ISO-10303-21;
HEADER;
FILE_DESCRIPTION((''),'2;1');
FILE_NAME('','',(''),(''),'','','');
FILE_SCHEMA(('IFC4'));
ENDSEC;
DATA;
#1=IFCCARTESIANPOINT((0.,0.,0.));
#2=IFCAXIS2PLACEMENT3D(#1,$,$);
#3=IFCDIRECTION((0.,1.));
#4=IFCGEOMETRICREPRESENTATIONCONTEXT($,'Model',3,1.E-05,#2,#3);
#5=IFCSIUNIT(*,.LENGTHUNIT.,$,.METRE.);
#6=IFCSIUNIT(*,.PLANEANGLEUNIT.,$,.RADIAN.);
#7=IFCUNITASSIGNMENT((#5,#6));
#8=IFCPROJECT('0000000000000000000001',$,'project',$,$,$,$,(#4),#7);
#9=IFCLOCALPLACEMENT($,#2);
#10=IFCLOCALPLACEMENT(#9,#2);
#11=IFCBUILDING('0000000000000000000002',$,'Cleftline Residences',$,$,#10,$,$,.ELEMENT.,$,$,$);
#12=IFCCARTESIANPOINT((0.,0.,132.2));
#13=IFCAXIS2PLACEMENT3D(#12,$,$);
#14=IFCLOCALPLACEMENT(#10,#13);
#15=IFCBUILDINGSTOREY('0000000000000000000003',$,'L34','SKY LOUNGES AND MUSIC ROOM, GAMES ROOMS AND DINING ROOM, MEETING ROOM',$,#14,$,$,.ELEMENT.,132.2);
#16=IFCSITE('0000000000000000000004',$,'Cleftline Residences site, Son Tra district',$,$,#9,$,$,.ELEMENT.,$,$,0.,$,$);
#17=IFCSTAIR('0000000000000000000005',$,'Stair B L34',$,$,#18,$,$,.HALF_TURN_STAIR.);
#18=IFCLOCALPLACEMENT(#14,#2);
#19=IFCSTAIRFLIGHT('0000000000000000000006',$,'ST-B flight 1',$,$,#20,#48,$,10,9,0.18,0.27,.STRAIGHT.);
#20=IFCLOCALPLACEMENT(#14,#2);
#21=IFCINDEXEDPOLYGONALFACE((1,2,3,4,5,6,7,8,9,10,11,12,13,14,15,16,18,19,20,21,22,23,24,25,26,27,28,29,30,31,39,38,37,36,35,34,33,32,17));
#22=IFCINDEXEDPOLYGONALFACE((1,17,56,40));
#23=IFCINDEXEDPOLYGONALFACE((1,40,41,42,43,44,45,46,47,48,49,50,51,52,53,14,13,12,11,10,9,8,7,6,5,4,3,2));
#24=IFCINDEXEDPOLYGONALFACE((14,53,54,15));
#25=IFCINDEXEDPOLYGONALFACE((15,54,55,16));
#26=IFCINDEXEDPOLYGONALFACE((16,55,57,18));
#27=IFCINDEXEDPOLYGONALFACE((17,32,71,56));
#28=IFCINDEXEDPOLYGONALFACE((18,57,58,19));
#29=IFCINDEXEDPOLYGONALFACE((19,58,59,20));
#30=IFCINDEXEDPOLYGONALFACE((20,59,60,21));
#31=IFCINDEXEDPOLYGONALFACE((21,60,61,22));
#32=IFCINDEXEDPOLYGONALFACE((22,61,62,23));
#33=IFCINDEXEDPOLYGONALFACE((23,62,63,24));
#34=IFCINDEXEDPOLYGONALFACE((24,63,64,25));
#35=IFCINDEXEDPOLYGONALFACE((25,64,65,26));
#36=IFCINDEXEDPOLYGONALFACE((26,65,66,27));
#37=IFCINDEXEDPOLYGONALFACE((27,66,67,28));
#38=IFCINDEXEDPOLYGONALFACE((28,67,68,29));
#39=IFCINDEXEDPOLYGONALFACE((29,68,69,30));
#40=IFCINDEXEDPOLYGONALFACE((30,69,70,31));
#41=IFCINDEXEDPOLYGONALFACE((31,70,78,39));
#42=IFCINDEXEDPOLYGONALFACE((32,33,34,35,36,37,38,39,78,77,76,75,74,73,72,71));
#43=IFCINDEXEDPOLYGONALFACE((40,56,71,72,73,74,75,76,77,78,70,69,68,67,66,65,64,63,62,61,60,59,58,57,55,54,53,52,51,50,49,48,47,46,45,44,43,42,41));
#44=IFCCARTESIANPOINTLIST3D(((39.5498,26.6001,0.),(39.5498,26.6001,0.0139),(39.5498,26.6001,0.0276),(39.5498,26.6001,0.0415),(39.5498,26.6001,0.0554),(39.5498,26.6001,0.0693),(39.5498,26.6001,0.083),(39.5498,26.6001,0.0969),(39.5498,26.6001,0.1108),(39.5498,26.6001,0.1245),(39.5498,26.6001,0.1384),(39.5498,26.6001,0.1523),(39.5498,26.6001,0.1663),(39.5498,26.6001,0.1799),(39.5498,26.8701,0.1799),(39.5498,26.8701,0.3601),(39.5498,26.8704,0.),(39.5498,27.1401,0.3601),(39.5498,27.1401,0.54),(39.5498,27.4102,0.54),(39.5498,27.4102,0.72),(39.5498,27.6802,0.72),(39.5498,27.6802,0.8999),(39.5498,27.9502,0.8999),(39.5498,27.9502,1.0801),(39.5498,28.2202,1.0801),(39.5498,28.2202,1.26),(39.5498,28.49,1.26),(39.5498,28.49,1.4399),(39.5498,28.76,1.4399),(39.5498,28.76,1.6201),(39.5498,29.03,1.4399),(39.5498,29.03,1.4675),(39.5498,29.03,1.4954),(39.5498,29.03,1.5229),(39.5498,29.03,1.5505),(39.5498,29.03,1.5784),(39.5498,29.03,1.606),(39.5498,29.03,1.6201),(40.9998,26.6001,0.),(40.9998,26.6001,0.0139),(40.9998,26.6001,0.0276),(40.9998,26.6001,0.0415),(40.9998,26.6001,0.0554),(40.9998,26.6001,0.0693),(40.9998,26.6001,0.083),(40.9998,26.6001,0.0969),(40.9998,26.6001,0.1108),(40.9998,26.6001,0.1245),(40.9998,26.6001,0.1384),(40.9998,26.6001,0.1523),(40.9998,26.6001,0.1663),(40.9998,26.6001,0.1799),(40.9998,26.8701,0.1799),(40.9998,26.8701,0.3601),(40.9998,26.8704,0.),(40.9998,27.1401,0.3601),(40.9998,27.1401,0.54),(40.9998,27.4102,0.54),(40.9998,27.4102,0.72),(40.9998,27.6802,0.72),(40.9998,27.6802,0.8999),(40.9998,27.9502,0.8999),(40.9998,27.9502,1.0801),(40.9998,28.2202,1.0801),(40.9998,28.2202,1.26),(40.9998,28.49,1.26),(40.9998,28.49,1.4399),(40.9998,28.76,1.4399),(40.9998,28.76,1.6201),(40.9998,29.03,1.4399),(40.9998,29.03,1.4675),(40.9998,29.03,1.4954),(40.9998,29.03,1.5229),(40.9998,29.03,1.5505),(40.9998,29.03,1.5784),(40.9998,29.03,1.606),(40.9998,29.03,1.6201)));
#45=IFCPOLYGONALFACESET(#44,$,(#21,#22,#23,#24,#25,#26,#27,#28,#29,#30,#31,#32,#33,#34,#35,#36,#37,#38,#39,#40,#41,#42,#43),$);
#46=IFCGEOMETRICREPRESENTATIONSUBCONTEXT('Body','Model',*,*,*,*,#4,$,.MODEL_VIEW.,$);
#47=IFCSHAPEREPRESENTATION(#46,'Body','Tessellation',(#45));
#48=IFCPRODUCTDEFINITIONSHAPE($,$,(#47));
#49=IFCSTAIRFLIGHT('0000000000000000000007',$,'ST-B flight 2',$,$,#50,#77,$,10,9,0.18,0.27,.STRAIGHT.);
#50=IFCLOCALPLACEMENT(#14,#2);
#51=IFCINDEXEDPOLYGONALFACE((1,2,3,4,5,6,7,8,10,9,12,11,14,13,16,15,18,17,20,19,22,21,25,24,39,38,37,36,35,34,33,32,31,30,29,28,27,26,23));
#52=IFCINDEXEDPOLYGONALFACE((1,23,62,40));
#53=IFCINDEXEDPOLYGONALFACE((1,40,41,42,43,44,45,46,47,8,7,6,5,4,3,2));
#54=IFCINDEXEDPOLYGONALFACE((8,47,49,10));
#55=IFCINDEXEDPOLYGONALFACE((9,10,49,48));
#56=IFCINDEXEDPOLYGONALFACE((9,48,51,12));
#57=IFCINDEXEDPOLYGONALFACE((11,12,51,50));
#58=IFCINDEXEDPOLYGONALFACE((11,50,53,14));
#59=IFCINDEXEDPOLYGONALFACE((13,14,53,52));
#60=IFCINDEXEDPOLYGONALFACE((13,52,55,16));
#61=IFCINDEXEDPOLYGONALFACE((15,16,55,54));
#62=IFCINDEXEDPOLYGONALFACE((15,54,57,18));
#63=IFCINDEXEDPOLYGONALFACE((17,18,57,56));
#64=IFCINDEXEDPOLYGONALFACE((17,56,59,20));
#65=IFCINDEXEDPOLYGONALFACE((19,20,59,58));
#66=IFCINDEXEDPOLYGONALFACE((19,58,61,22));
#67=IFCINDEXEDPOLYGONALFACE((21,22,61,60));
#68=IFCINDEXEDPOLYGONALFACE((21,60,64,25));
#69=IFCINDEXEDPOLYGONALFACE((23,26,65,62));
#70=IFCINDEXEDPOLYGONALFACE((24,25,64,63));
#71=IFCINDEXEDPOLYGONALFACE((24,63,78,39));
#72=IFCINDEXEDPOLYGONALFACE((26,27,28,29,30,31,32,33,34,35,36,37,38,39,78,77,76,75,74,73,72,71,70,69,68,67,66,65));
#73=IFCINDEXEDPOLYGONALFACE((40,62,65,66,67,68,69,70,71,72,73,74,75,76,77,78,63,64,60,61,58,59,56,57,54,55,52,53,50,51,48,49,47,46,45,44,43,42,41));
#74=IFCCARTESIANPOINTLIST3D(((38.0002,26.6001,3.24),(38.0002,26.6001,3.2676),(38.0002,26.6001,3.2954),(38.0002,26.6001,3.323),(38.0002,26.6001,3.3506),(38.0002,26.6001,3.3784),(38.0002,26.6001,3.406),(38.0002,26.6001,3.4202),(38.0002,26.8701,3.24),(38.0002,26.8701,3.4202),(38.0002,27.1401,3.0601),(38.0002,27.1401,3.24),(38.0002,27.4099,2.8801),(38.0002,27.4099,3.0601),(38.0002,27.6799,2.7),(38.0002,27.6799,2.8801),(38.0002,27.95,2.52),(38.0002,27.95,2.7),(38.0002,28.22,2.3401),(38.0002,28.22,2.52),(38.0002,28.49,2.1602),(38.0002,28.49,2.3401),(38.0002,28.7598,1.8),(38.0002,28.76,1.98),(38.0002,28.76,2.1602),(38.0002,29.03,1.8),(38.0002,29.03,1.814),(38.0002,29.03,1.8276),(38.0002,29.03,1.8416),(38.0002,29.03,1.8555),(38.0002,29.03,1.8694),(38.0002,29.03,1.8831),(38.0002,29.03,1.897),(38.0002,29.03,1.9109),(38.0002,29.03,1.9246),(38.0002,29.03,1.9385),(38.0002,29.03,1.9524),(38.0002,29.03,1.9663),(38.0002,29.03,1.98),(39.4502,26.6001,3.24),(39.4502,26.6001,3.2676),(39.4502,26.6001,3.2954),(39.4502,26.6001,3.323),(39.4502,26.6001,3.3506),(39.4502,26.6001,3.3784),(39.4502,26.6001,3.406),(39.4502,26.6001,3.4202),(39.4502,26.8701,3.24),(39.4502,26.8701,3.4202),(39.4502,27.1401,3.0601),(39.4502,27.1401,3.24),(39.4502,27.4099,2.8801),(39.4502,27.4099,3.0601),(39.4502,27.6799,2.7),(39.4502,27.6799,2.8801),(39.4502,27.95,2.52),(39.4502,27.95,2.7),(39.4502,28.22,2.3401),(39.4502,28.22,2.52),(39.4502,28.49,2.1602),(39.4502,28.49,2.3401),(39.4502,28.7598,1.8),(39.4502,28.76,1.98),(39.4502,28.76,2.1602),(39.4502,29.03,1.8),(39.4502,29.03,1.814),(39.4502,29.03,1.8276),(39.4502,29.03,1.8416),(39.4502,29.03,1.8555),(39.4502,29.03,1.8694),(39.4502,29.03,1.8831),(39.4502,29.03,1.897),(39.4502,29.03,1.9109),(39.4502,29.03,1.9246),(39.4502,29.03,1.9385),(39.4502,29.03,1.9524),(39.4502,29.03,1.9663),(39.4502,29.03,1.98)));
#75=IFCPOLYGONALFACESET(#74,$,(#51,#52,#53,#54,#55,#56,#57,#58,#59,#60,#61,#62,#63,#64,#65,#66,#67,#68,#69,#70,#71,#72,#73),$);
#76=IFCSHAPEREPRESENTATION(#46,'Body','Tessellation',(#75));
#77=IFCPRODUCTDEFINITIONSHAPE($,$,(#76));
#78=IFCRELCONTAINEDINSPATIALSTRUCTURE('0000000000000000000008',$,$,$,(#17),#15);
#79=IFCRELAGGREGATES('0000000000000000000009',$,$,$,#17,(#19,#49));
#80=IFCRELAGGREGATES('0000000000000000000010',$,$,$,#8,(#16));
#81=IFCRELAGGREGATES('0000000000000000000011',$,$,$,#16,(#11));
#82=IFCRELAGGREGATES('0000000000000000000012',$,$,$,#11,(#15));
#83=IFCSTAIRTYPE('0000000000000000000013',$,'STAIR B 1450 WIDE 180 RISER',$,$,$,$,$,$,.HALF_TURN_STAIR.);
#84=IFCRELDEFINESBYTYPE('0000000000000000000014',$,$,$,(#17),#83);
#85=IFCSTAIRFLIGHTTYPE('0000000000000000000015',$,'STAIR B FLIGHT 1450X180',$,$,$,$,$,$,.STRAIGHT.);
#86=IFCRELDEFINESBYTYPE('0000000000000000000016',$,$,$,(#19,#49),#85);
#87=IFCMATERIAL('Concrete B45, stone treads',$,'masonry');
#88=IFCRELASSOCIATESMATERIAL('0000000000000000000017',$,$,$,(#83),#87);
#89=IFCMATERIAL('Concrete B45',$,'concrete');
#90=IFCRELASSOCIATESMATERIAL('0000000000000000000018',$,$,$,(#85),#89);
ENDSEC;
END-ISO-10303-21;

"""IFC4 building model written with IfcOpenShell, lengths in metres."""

from ifc_helpers import new_model, si_unit, direction, frame, origin, place, context, subcontext, project, spatial, polyline, outline, extrude, material, type_object, element, aggregate, save


model = new_model("IFC4")

# Units and contexts
model_context = context("Model", 3, precision=1e-05, world=origin(), true_north=direction((0.0, 1.0)))
body_context = subcontext(model_context, "Body", "Model", "MODEL_VIEW")
ifc_project = project(units=[si_unit("LENGTHUNIT", "METRE"), si_unit("PLANEANGLEUNIT", "RADIAN")], contexts=[model_context])

# Site, building, storey
site_placement = place(None, origin())
site = spatial("IfcSite", under=ifc_project, at=site_placement, Name="Cleftline Residences site, Son Tra district", CompositionType="ELEMENT", RefElevation=0.0)
building_placement = place(site_placement, origin())
building = spatial("IfcBuilding", under=site, at=building_placement, Name="Cleftline Residences", CompositionType="ELEMENT")
storey_placement = place(building_placement, frame((0.0, 0.0, 132.2)))
storey = spatial("IfcBuildingStorey", under=building, at=storey_placement, Name="L34", Description="SKY LOUNGES AND MUSIC ROOM, GAMES ROOMS AND DINING ROOM, MEETING ROOM", CompositionType="ELEMENT", Elevation=132.2)

# Stair, stair flights
ifc_material_1 = material(Name="Concrete B45, stone treads", Category="masonry")
stair_type = type_object("IfcStairType", Name="STAIR B 1450 WIDE 180 RISER", PredefinedType="HALF_TURN_STAIR", material=ifc_material_1)
stair_placement = place(storey_placement, origin())
stair = element("IfcStair", 1, at=stair_placement, inside=storey, type_object=stair_type, Name="Stair B L34", PredefinedType="HALF_TURN_STAIR")
ifc_material_2 = material(Name="Concrete B45", Category="concrete")
stair_flight_type = type_object("IfcStairFlightType", Name="STAIR B FLIGHT 1450X180", PredefinedType="STRAIGHT", material=ifc_material_2)
stair_flight_1_placement = place(storey_placement, frame((40.2749, 26.6001, 0.0), z_axis=(0.0, 0.0, 1.0), x_axis=(0.0, 1.0, 0.0)))
stair_flight_1 = element("IfcStairFlight", 2, at=stair_flight_1_placement, type_object=stair_flight_type, Name="ST-B flight 1", NumberOfRisers=10, NumberOfTreads=9, PredefinedType="STRAIGHT", RiserHeight=0.18, TreadLength=0.27, context=body_context, shape_type="SweptSolid", body=[
    extrude(outline(polyline([(0.0, 0.0), (0.0, 0.0139), (0.0, 0.0276), (0.0, 0.0415), (0.0, 0.0554), (0.0, 0.0693), (0.0, 0.083), (0.0, 0.0969), (0.0, 0.1108), (0.0, 0.1245), (0.0, 0.1384), (0.0, 0.1523), (0.0, 0.1663), (0.0, 0.1799), (0.27, 0.1799), (0.27, 0.3601), (0.54, 0.3601), (0.54, 0.54), (0.8101, 0.54), (0.8101, 0.72), (1.0801, 0.72), (1.0801, 0.8999), (1.3501, 0.8999), (1.3501, 1.0801), (1.6201, 1.0801), (1.6201, 1.26), (1.8899, 1.26), (1.8899, 1.4399), (2.1599, 1.4399), (2.1599, 1.6201), (2.4299, 1.6201), (2.4299, 1.8), (2.4299, 1.7722), (2.4299, 1.7446), (2.4299, 1.7168), (2.4299, 1.6892), (2.4299, 1.6614), (2.4299, 1.6338), (2.4299, 1.606), (2.4299, 1.5784), (2.4299, 1.5505), (2.4299, 1.5229), (2.4299, 1.4954), (2.4299, 1.4675), (2.4299, 1.4399), (0.2703, 0.0), (0.0, 0.0)])), frame((0.0, 0.7251, 0.0), z_axis=(0.0, -1.0, 0.0), x_axis=(1.0, 0.0, 0.0)), (0.0, 0.0, 1.0), 1.45),
])
stair_flight_2_placement = place(storey_placement, frame((38.7251, 29.03, 1.8), z_axis=(0.0, 0.0, 1.0), x_axis=(0.0, -1.0, 0.0)))
stair_flight_2 = element("IfcStairFlight", 3, at=stair_flight_2_placement, type_object=stair_flight_type, Name="ST-B flight 2", NumberOfRisers=10, NumberOfTreads=9, PredefinedType="STRAIGHT", RiserHeight=0.18, TreadLength=0.27, context=body_context, shape_type="SweptSolid", body=[
    extrude(outline(polyline([(0.0, 0.0), (0.0, 0.0139), (0.0, 0.0276), (0.0, 0.0415), (0.0, 0.0554), (0.0, 0.0693), (0.0, 0.083), (0.0, 0.0969), (0.0, 0.1108), (0.0, 0.1245), (0.0, 0.1384), (0.0, 0.1523), (0.0, 0.1663), (0.0, 0.1799), (0.27, 0.1799), (0.27, 0.3601), (0.54, 0.3601), (0.54, 0.54), (0.8101, 0.54), (0.8101, 0.72), (1.0801, 0.72), (1.0801, 0.8999), (1.3501, 0.8999), (1.3501, 1.0801), (1.6201, 1.0801), (1.6201, 1.26), (1.8899, 1.26), (1.8899, 1.4399), (2.1599, 1.4399), (2.1599, 1.6201), (2.4299, 1.6201), (2.4299, 1.8), (2.4299, 1.7722), (2.4299, 1.7446), (2.4299, 1.7168), (2.4299, 1.6892), (2.4299, 1.6614), (2.4299, 1.6338), (2.4299, 1.606), (2.4299, 1.5784), (2.4299, 1.5505), (2.4299, 1.5229), (2.4299, 1.4954), (2.4299, 1.4675), (2.4299, 1.4399), (0.2703, 0.0), (0.0, 0.0)])), frame((0.0, 0.7251, 0.0), z_axis=(0.0, -1.0, 0.0), x_axis=(1.0, 0.0, 0.0)), (0.0, 0.0, 1.0), 1.45),
])
aggregate(stair, [stair_flight_1, stair_flight_2])

save(model, "model.ifc")
